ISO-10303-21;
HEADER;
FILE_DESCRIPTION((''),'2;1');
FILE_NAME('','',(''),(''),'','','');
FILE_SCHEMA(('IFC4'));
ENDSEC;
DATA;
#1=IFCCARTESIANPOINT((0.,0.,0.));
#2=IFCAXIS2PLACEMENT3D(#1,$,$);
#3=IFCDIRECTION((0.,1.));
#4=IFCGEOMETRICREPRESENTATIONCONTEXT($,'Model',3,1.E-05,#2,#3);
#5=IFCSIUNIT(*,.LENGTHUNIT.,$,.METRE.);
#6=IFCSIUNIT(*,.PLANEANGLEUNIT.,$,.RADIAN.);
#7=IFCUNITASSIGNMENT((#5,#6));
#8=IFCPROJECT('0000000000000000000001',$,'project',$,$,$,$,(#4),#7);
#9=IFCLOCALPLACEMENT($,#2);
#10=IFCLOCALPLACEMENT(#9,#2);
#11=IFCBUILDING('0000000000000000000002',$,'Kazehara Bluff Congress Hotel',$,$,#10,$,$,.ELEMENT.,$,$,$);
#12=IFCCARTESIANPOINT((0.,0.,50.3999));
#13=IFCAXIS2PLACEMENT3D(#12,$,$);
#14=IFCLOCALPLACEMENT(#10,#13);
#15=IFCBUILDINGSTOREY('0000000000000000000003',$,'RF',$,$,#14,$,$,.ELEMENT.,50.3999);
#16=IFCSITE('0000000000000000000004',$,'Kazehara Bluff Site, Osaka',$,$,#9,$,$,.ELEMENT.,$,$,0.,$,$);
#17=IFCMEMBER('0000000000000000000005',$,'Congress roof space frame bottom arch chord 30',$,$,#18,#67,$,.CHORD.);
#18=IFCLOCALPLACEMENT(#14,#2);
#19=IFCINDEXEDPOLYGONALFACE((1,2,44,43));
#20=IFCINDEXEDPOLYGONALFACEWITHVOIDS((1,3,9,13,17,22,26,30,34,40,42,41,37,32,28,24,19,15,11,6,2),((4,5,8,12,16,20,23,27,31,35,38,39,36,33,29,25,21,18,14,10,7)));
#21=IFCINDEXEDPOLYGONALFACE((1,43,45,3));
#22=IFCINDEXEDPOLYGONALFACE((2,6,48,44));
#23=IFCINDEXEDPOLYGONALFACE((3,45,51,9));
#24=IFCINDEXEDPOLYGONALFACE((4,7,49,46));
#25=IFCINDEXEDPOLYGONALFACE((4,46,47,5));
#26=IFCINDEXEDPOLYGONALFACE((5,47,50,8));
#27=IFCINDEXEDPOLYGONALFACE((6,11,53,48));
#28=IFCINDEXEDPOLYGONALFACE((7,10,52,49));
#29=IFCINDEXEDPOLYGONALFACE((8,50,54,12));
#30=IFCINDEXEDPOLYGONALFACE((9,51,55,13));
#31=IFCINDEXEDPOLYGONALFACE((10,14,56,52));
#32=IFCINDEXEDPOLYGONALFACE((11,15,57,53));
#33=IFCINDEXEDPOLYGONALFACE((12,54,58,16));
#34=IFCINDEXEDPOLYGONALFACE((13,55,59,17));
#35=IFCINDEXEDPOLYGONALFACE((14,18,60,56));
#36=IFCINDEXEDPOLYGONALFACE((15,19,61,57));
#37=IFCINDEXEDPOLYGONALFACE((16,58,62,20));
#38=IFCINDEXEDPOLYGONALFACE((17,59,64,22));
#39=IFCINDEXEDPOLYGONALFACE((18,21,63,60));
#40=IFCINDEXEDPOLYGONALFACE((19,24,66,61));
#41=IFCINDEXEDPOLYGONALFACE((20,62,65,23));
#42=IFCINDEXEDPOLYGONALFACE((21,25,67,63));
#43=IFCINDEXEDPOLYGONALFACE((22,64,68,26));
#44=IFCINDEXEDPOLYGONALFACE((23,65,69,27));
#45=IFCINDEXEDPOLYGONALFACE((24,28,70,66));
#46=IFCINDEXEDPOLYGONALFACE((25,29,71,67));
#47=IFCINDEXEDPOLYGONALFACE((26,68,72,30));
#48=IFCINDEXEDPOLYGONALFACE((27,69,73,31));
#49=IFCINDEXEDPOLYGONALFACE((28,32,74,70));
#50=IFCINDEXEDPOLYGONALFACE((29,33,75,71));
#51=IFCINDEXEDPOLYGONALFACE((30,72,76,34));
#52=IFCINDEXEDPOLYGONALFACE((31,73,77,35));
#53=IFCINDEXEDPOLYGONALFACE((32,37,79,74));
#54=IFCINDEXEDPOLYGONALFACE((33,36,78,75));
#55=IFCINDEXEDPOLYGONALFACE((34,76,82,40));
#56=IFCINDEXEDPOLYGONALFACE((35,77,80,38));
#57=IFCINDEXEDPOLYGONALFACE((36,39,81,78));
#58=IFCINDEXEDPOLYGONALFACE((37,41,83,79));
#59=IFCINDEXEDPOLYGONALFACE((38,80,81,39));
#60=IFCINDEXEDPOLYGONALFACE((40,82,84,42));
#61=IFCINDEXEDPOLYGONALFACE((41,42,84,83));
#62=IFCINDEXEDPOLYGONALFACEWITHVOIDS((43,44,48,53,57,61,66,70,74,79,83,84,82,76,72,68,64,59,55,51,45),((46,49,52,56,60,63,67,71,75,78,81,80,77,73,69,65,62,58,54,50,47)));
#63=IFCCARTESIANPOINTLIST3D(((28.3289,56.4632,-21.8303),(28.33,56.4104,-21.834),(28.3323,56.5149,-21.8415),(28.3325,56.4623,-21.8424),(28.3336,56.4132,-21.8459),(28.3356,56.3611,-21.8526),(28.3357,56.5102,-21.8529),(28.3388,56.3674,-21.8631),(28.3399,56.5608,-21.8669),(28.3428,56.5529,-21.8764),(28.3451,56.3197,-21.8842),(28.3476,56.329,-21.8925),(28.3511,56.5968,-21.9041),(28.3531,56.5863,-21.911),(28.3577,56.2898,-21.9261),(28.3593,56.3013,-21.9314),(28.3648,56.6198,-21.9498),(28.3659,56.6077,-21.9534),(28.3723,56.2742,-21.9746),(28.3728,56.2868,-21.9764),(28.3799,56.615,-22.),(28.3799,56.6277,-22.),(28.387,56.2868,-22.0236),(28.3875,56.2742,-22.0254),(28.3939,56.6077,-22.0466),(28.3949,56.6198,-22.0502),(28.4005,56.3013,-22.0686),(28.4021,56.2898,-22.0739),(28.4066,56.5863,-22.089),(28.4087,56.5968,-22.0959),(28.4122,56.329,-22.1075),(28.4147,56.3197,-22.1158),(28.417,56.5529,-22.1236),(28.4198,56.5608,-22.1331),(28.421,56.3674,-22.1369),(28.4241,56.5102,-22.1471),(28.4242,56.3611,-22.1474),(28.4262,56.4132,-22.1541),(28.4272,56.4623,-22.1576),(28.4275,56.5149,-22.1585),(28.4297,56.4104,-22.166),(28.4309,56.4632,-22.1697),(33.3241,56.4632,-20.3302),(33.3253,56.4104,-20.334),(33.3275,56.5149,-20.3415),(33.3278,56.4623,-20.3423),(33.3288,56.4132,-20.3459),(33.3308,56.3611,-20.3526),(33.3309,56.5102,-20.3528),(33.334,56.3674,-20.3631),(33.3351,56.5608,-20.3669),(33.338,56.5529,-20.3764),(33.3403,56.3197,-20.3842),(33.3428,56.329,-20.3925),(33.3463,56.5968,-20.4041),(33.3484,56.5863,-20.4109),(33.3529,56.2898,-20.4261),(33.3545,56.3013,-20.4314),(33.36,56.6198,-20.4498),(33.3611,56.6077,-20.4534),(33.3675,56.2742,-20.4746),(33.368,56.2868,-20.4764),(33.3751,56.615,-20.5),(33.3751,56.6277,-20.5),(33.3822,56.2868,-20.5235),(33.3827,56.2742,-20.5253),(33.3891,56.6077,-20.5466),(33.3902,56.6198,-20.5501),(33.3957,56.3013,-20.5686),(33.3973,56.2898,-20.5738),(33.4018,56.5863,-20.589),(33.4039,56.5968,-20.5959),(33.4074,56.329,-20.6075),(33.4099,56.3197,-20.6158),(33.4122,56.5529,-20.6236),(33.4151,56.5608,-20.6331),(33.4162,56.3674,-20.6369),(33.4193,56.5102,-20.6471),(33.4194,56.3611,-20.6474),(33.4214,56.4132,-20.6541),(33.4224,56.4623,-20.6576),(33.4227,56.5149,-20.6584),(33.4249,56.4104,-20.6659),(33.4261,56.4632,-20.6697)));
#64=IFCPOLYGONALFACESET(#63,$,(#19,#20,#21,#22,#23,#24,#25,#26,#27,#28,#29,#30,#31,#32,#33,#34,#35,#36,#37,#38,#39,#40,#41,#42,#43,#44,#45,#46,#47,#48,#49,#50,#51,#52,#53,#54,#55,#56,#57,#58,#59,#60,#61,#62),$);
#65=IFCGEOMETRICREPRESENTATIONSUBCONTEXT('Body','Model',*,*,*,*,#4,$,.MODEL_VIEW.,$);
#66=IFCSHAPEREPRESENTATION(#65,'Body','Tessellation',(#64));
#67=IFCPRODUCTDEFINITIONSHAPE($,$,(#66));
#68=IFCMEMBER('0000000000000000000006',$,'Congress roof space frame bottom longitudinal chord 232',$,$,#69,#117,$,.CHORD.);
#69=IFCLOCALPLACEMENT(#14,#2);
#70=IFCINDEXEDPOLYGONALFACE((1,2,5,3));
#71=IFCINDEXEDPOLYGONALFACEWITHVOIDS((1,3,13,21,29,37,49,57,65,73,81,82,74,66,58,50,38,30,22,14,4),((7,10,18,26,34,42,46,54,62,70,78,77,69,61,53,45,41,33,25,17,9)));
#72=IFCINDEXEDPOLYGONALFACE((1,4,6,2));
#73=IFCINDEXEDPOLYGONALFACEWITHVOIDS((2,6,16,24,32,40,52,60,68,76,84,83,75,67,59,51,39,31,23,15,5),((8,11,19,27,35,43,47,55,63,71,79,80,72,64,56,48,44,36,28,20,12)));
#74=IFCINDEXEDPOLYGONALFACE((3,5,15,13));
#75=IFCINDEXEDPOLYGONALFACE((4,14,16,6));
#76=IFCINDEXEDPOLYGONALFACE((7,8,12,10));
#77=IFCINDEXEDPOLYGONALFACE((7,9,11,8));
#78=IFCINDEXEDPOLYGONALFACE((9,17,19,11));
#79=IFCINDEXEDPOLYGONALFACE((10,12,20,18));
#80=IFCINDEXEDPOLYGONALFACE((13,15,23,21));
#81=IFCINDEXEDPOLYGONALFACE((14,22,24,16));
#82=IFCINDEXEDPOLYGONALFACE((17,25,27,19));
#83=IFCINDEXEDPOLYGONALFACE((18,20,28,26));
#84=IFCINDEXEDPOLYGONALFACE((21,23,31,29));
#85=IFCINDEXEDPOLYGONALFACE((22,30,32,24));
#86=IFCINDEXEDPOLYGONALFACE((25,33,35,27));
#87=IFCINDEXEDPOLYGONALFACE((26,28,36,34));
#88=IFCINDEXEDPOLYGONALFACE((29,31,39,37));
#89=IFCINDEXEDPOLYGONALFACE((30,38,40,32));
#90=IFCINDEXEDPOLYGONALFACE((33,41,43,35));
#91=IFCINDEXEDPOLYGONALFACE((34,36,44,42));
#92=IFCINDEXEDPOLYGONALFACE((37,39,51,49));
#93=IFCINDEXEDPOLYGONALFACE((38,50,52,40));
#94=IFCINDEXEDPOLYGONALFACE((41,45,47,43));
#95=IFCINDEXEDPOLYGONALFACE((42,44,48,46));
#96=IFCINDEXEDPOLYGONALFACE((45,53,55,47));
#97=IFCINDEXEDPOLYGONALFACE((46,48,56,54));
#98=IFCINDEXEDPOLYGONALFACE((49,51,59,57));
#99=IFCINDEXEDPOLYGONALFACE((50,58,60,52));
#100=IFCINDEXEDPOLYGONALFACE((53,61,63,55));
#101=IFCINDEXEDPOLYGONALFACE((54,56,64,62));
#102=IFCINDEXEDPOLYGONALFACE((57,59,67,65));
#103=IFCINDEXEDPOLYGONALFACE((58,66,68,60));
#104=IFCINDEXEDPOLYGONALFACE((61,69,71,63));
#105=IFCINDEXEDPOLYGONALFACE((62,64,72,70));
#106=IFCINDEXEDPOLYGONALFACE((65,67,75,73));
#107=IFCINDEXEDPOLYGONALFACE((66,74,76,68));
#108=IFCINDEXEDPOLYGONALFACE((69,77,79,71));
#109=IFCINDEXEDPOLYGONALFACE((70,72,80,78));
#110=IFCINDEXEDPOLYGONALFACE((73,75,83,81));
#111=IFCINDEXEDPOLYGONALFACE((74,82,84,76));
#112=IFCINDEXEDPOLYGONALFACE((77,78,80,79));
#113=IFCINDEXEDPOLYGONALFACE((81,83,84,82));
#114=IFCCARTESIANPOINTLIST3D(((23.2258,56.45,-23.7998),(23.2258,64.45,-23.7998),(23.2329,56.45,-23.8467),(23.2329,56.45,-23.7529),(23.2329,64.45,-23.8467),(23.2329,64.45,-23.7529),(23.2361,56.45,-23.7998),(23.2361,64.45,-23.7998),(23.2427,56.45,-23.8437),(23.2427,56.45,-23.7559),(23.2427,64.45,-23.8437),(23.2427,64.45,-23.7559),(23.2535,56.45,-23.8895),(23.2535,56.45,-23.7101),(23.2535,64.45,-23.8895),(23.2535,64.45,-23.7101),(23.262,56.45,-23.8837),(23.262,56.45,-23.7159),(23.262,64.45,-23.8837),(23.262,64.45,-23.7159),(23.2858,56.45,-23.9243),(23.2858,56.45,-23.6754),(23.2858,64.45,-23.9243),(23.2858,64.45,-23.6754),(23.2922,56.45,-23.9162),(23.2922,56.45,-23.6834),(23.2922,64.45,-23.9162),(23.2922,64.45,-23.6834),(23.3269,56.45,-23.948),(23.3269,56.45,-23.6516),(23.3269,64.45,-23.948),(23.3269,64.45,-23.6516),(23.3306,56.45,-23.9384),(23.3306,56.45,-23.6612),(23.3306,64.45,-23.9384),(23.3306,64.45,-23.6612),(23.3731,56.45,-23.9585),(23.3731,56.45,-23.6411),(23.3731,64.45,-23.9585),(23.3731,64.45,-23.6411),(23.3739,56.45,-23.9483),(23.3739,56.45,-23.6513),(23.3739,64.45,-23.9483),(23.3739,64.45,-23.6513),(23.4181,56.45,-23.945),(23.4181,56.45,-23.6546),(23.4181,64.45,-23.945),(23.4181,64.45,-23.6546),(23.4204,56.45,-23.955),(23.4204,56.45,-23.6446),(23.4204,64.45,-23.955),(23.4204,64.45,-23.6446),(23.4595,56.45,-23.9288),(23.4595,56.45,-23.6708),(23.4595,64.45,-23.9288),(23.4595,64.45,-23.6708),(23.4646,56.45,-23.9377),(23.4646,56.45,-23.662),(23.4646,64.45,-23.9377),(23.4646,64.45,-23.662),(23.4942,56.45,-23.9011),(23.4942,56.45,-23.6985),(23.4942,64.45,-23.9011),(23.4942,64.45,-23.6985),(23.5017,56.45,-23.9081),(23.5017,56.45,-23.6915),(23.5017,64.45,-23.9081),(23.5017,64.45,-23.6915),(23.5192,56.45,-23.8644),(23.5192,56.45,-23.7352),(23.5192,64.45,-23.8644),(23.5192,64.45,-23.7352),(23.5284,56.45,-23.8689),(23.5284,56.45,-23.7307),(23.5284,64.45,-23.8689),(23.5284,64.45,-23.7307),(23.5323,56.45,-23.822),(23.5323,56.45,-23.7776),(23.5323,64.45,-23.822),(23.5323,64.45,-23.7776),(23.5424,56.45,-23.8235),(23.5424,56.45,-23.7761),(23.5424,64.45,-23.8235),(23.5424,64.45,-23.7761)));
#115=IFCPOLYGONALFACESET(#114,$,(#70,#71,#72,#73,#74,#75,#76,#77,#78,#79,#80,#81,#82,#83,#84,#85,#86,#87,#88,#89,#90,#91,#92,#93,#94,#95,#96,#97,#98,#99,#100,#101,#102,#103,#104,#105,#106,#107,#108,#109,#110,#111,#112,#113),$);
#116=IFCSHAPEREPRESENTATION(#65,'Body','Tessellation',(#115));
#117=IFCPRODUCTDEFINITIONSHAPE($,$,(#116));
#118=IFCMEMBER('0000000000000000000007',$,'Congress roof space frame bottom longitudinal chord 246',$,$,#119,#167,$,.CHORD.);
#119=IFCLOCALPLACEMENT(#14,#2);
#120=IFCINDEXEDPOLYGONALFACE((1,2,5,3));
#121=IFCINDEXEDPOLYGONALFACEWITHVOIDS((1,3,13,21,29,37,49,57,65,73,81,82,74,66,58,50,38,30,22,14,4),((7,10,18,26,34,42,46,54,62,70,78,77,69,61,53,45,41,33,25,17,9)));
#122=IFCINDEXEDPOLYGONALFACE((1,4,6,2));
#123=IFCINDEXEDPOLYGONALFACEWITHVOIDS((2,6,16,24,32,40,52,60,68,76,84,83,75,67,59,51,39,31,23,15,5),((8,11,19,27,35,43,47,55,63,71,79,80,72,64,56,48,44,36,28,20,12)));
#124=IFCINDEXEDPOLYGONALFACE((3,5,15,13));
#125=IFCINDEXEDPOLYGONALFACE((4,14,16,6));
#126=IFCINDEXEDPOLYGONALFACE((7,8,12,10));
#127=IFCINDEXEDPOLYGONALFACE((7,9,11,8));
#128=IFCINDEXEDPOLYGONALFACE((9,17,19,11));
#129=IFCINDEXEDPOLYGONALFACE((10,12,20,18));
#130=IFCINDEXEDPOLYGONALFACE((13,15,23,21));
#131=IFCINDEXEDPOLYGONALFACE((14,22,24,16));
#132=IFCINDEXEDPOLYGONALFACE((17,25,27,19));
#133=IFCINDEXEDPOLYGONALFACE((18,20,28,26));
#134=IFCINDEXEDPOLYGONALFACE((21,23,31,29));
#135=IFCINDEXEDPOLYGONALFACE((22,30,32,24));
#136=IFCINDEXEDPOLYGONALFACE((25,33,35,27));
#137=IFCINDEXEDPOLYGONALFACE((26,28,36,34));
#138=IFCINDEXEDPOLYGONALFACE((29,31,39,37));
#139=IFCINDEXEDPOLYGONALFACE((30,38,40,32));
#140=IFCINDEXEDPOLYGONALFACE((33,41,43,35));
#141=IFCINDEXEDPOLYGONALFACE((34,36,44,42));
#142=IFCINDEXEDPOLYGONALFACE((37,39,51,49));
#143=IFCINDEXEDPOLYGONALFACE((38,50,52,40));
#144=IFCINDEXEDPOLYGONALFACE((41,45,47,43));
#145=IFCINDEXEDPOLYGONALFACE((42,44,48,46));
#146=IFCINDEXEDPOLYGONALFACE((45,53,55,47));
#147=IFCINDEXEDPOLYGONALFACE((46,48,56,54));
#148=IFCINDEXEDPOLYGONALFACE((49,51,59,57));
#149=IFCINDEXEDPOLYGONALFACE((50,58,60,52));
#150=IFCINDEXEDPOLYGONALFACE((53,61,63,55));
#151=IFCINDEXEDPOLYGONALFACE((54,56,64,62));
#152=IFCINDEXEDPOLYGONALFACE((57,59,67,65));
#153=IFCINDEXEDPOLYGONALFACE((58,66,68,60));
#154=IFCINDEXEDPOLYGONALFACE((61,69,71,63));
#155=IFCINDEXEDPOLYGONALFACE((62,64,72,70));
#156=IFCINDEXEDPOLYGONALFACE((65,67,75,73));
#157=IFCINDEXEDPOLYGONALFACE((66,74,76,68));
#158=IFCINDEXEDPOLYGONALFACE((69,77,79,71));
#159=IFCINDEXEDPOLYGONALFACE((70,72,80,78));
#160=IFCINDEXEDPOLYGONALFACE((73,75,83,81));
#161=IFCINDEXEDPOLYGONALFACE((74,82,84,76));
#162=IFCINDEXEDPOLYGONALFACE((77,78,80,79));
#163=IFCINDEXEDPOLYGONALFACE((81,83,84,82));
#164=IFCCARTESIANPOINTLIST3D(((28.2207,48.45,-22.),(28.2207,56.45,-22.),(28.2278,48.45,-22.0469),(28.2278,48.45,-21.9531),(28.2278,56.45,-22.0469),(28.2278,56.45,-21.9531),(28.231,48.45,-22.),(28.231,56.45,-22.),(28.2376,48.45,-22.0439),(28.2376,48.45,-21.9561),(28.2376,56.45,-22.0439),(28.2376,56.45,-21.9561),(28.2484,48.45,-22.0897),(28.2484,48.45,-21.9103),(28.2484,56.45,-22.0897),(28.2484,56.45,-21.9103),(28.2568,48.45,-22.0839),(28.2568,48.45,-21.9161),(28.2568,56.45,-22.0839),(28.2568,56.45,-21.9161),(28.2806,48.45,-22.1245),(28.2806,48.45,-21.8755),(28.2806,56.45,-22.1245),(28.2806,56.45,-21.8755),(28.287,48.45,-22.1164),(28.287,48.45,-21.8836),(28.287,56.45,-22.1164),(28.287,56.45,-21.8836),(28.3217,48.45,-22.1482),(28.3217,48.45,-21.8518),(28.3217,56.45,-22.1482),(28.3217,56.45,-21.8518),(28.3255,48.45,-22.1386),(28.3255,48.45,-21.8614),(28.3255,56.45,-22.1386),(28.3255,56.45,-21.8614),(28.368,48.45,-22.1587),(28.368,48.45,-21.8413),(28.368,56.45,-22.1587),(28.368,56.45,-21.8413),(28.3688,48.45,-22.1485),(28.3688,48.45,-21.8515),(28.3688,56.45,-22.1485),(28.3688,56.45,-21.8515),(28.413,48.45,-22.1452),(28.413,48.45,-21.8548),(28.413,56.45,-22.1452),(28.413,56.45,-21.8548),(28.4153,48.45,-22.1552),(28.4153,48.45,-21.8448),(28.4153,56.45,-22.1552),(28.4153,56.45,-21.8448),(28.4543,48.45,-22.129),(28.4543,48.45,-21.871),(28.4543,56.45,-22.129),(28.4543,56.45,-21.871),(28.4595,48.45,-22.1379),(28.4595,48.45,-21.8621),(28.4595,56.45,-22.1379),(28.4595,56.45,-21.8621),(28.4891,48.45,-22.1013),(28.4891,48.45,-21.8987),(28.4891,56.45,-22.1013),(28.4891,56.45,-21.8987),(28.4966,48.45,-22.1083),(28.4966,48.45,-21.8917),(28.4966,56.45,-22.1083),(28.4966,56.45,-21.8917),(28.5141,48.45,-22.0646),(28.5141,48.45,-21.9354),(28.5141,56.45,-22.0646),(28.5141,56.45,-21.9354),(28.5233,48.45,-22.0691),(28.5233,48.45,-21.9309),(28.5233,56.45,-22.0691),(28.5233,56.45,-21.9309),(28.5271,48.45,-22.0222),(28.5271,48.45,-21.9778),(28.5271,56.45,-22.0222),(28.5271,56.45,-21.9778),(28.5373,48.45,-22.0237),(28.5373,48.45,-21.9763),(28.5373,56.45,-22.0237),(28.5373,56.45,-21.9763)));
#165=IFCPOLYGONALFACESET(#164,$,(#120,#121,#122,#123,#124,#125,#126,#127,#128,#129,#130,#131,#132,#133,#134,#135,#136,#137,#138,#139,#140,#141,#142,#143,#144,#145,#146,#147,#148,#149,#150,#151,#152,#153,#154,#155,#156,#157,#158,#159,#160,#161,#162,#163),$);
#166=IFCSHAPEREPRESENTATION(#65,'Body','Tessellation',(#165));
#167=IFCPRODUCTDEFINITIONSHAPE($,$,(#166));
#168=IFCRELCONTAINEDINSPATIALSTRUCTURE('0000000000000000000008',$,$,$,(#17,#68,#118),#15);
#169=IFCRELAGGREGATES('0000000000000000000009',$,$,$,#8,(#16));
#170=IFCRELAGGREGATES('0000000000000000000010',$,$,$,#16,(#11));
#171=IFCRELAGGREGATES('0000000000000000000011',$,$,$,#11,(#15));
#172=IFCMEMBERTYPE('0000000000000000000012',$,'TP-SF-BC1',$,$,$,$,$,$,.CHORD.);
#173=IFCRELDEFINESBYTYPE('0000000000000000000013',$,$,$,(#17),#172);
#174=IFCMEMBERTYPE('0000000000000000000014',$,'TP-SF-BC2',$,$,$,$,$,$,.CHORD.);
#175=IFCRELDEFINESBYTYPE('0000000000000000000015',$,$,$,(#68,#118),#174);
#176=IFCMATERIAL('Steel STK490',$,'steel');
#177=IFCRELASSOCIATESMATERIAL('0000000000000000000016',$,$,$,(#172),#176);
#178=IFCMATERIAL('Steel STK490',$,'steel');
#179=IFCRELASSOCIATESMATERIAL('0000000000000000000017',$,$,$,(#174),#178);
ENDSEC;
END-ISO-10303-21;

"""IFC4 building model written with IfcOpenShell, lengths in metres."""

from ifc_helpers import new_model, si_unit, direction, frame, origin, origin_2d, place, context, subcontext, project, spatial, hollow_circle, extrude, material, material_profile, profile_set, type_object, element, save


model = new_model("IFC4")

# Units and contexts
model_context = context("Model", 3, precision=1e-05, world=origin(), true_north=direction((0.0, 1.0)))
body_context = subcontext(model_context, "Body", "Model", "MODEL_VIEW")
ifc_project = project(units=[si_unit("LENGTHUNIT", "METRE"), si_unit("PLANEANGLEUNIT", "RADIAN")], contexts=[model_context])

# Site, building, storey
site_placement = place(None, origin())
site = spatial("IfcSite", under=ifc_project, at=site_placement, Name="Kazehara Bluff Site, Osaka", CompositionType="ELEMENT", RefElevation=0.0)
building_placement = place(site_placement, origin())
building = spatial("IfcBuilding", under=site, at=building_placement, Name="Kazehara Bluff Congress Hotel", CompositionType="ELEMENT")
storey_placement = place(building_placement, frame((0.0, 0.0, 50.3999)))
storey = spatial("IfcBuildingStorey", under=building, at=storey_placement, Name="RF", CompositionType="ELEMENT", Elevation=50.3999)

# Members
ifc_material_1 = material(Name="Steel STK490", Category="steel")
ifc_material_profile_1 = material_profile(ifc_material_1, hollow_circle(Radius=0.1777, WallThickness=0.0127, at=origin_2d()))
ifc_profile_set_1 = profile_set([ifc_material_profile_1], Name="Steel STK490")
member_type_1 = type_object("IfcMemberType", Name="TP-SF-BC1", PredefinedType="CHORD", material=ifc_profile_set_1)
member_1_placement = place(storey_placement, frame((28.3799, 56.45, -22.0), z_axis=(0.957749, 0.0, 0.287606), x_axis=(0.0, 1.0, 0.0)))
element("IfcMember", 1, at=member_1_placement, inside=storey, type_object=member_type_1, Name="Congress roof space frame bottom arch chord 30", PredefinedType="CHORD", context=body_context, shape_type="SweptSolid", body=[
    extrude(hollow_circle(Radius=0.1777, WallThickness=0.0127, at=origin_2d()), origin(), (0.0, 0.0, 1.0), 5.2156),
])
ifc_material_2 = material(Name="Steel STK490", Category="steel")
ifc_material_profile_2 = material_profile(ifc_material_2, hollow_circle(Radius=0.1592, WallThickness=0.0103, at=origin_2d()))
ifc_profile_set_2 = profile_set([ifc_material_profile_2], Name="Steel STK490")
member_type_2 = type_object("IfcMemberType", Name="TP-SF-BC2", PredefinedType="CHORD", material=ifc_profile_set_2)
for number, where, z_axis, x_axis, name in (
    (2, (23.385, 56.45, -23.7998), (0.0, 1.0, 0.0), (-1.0, 0.0, 0.0), "Congress roof space frame bottom longitudinal chord 232"),
    (3, (28.3799, 48.45, -22.0), (0.0, 1.0, 0.0), (-1.0, 0.0, 0.0), "Congress roof space frame bottom longitudinal chord 246"),
):
    element("IfcMember", number, at=place(storey_placement, frame(where, z_axis=z_axis, x_axis=x_axis)), inside=storey, type_object=member_type_2, Name=name, PredefinedType="CHORD", context=body_context, shape_type="SweptSolid", body=[
        extrude(hollow_circle(Radius=0.1592, WallThickness=0.0103, at=origin_2d()), origin(), (0.0, 0.0, 1.0), 8.0),
    ])

save(model, "model.ifc")
